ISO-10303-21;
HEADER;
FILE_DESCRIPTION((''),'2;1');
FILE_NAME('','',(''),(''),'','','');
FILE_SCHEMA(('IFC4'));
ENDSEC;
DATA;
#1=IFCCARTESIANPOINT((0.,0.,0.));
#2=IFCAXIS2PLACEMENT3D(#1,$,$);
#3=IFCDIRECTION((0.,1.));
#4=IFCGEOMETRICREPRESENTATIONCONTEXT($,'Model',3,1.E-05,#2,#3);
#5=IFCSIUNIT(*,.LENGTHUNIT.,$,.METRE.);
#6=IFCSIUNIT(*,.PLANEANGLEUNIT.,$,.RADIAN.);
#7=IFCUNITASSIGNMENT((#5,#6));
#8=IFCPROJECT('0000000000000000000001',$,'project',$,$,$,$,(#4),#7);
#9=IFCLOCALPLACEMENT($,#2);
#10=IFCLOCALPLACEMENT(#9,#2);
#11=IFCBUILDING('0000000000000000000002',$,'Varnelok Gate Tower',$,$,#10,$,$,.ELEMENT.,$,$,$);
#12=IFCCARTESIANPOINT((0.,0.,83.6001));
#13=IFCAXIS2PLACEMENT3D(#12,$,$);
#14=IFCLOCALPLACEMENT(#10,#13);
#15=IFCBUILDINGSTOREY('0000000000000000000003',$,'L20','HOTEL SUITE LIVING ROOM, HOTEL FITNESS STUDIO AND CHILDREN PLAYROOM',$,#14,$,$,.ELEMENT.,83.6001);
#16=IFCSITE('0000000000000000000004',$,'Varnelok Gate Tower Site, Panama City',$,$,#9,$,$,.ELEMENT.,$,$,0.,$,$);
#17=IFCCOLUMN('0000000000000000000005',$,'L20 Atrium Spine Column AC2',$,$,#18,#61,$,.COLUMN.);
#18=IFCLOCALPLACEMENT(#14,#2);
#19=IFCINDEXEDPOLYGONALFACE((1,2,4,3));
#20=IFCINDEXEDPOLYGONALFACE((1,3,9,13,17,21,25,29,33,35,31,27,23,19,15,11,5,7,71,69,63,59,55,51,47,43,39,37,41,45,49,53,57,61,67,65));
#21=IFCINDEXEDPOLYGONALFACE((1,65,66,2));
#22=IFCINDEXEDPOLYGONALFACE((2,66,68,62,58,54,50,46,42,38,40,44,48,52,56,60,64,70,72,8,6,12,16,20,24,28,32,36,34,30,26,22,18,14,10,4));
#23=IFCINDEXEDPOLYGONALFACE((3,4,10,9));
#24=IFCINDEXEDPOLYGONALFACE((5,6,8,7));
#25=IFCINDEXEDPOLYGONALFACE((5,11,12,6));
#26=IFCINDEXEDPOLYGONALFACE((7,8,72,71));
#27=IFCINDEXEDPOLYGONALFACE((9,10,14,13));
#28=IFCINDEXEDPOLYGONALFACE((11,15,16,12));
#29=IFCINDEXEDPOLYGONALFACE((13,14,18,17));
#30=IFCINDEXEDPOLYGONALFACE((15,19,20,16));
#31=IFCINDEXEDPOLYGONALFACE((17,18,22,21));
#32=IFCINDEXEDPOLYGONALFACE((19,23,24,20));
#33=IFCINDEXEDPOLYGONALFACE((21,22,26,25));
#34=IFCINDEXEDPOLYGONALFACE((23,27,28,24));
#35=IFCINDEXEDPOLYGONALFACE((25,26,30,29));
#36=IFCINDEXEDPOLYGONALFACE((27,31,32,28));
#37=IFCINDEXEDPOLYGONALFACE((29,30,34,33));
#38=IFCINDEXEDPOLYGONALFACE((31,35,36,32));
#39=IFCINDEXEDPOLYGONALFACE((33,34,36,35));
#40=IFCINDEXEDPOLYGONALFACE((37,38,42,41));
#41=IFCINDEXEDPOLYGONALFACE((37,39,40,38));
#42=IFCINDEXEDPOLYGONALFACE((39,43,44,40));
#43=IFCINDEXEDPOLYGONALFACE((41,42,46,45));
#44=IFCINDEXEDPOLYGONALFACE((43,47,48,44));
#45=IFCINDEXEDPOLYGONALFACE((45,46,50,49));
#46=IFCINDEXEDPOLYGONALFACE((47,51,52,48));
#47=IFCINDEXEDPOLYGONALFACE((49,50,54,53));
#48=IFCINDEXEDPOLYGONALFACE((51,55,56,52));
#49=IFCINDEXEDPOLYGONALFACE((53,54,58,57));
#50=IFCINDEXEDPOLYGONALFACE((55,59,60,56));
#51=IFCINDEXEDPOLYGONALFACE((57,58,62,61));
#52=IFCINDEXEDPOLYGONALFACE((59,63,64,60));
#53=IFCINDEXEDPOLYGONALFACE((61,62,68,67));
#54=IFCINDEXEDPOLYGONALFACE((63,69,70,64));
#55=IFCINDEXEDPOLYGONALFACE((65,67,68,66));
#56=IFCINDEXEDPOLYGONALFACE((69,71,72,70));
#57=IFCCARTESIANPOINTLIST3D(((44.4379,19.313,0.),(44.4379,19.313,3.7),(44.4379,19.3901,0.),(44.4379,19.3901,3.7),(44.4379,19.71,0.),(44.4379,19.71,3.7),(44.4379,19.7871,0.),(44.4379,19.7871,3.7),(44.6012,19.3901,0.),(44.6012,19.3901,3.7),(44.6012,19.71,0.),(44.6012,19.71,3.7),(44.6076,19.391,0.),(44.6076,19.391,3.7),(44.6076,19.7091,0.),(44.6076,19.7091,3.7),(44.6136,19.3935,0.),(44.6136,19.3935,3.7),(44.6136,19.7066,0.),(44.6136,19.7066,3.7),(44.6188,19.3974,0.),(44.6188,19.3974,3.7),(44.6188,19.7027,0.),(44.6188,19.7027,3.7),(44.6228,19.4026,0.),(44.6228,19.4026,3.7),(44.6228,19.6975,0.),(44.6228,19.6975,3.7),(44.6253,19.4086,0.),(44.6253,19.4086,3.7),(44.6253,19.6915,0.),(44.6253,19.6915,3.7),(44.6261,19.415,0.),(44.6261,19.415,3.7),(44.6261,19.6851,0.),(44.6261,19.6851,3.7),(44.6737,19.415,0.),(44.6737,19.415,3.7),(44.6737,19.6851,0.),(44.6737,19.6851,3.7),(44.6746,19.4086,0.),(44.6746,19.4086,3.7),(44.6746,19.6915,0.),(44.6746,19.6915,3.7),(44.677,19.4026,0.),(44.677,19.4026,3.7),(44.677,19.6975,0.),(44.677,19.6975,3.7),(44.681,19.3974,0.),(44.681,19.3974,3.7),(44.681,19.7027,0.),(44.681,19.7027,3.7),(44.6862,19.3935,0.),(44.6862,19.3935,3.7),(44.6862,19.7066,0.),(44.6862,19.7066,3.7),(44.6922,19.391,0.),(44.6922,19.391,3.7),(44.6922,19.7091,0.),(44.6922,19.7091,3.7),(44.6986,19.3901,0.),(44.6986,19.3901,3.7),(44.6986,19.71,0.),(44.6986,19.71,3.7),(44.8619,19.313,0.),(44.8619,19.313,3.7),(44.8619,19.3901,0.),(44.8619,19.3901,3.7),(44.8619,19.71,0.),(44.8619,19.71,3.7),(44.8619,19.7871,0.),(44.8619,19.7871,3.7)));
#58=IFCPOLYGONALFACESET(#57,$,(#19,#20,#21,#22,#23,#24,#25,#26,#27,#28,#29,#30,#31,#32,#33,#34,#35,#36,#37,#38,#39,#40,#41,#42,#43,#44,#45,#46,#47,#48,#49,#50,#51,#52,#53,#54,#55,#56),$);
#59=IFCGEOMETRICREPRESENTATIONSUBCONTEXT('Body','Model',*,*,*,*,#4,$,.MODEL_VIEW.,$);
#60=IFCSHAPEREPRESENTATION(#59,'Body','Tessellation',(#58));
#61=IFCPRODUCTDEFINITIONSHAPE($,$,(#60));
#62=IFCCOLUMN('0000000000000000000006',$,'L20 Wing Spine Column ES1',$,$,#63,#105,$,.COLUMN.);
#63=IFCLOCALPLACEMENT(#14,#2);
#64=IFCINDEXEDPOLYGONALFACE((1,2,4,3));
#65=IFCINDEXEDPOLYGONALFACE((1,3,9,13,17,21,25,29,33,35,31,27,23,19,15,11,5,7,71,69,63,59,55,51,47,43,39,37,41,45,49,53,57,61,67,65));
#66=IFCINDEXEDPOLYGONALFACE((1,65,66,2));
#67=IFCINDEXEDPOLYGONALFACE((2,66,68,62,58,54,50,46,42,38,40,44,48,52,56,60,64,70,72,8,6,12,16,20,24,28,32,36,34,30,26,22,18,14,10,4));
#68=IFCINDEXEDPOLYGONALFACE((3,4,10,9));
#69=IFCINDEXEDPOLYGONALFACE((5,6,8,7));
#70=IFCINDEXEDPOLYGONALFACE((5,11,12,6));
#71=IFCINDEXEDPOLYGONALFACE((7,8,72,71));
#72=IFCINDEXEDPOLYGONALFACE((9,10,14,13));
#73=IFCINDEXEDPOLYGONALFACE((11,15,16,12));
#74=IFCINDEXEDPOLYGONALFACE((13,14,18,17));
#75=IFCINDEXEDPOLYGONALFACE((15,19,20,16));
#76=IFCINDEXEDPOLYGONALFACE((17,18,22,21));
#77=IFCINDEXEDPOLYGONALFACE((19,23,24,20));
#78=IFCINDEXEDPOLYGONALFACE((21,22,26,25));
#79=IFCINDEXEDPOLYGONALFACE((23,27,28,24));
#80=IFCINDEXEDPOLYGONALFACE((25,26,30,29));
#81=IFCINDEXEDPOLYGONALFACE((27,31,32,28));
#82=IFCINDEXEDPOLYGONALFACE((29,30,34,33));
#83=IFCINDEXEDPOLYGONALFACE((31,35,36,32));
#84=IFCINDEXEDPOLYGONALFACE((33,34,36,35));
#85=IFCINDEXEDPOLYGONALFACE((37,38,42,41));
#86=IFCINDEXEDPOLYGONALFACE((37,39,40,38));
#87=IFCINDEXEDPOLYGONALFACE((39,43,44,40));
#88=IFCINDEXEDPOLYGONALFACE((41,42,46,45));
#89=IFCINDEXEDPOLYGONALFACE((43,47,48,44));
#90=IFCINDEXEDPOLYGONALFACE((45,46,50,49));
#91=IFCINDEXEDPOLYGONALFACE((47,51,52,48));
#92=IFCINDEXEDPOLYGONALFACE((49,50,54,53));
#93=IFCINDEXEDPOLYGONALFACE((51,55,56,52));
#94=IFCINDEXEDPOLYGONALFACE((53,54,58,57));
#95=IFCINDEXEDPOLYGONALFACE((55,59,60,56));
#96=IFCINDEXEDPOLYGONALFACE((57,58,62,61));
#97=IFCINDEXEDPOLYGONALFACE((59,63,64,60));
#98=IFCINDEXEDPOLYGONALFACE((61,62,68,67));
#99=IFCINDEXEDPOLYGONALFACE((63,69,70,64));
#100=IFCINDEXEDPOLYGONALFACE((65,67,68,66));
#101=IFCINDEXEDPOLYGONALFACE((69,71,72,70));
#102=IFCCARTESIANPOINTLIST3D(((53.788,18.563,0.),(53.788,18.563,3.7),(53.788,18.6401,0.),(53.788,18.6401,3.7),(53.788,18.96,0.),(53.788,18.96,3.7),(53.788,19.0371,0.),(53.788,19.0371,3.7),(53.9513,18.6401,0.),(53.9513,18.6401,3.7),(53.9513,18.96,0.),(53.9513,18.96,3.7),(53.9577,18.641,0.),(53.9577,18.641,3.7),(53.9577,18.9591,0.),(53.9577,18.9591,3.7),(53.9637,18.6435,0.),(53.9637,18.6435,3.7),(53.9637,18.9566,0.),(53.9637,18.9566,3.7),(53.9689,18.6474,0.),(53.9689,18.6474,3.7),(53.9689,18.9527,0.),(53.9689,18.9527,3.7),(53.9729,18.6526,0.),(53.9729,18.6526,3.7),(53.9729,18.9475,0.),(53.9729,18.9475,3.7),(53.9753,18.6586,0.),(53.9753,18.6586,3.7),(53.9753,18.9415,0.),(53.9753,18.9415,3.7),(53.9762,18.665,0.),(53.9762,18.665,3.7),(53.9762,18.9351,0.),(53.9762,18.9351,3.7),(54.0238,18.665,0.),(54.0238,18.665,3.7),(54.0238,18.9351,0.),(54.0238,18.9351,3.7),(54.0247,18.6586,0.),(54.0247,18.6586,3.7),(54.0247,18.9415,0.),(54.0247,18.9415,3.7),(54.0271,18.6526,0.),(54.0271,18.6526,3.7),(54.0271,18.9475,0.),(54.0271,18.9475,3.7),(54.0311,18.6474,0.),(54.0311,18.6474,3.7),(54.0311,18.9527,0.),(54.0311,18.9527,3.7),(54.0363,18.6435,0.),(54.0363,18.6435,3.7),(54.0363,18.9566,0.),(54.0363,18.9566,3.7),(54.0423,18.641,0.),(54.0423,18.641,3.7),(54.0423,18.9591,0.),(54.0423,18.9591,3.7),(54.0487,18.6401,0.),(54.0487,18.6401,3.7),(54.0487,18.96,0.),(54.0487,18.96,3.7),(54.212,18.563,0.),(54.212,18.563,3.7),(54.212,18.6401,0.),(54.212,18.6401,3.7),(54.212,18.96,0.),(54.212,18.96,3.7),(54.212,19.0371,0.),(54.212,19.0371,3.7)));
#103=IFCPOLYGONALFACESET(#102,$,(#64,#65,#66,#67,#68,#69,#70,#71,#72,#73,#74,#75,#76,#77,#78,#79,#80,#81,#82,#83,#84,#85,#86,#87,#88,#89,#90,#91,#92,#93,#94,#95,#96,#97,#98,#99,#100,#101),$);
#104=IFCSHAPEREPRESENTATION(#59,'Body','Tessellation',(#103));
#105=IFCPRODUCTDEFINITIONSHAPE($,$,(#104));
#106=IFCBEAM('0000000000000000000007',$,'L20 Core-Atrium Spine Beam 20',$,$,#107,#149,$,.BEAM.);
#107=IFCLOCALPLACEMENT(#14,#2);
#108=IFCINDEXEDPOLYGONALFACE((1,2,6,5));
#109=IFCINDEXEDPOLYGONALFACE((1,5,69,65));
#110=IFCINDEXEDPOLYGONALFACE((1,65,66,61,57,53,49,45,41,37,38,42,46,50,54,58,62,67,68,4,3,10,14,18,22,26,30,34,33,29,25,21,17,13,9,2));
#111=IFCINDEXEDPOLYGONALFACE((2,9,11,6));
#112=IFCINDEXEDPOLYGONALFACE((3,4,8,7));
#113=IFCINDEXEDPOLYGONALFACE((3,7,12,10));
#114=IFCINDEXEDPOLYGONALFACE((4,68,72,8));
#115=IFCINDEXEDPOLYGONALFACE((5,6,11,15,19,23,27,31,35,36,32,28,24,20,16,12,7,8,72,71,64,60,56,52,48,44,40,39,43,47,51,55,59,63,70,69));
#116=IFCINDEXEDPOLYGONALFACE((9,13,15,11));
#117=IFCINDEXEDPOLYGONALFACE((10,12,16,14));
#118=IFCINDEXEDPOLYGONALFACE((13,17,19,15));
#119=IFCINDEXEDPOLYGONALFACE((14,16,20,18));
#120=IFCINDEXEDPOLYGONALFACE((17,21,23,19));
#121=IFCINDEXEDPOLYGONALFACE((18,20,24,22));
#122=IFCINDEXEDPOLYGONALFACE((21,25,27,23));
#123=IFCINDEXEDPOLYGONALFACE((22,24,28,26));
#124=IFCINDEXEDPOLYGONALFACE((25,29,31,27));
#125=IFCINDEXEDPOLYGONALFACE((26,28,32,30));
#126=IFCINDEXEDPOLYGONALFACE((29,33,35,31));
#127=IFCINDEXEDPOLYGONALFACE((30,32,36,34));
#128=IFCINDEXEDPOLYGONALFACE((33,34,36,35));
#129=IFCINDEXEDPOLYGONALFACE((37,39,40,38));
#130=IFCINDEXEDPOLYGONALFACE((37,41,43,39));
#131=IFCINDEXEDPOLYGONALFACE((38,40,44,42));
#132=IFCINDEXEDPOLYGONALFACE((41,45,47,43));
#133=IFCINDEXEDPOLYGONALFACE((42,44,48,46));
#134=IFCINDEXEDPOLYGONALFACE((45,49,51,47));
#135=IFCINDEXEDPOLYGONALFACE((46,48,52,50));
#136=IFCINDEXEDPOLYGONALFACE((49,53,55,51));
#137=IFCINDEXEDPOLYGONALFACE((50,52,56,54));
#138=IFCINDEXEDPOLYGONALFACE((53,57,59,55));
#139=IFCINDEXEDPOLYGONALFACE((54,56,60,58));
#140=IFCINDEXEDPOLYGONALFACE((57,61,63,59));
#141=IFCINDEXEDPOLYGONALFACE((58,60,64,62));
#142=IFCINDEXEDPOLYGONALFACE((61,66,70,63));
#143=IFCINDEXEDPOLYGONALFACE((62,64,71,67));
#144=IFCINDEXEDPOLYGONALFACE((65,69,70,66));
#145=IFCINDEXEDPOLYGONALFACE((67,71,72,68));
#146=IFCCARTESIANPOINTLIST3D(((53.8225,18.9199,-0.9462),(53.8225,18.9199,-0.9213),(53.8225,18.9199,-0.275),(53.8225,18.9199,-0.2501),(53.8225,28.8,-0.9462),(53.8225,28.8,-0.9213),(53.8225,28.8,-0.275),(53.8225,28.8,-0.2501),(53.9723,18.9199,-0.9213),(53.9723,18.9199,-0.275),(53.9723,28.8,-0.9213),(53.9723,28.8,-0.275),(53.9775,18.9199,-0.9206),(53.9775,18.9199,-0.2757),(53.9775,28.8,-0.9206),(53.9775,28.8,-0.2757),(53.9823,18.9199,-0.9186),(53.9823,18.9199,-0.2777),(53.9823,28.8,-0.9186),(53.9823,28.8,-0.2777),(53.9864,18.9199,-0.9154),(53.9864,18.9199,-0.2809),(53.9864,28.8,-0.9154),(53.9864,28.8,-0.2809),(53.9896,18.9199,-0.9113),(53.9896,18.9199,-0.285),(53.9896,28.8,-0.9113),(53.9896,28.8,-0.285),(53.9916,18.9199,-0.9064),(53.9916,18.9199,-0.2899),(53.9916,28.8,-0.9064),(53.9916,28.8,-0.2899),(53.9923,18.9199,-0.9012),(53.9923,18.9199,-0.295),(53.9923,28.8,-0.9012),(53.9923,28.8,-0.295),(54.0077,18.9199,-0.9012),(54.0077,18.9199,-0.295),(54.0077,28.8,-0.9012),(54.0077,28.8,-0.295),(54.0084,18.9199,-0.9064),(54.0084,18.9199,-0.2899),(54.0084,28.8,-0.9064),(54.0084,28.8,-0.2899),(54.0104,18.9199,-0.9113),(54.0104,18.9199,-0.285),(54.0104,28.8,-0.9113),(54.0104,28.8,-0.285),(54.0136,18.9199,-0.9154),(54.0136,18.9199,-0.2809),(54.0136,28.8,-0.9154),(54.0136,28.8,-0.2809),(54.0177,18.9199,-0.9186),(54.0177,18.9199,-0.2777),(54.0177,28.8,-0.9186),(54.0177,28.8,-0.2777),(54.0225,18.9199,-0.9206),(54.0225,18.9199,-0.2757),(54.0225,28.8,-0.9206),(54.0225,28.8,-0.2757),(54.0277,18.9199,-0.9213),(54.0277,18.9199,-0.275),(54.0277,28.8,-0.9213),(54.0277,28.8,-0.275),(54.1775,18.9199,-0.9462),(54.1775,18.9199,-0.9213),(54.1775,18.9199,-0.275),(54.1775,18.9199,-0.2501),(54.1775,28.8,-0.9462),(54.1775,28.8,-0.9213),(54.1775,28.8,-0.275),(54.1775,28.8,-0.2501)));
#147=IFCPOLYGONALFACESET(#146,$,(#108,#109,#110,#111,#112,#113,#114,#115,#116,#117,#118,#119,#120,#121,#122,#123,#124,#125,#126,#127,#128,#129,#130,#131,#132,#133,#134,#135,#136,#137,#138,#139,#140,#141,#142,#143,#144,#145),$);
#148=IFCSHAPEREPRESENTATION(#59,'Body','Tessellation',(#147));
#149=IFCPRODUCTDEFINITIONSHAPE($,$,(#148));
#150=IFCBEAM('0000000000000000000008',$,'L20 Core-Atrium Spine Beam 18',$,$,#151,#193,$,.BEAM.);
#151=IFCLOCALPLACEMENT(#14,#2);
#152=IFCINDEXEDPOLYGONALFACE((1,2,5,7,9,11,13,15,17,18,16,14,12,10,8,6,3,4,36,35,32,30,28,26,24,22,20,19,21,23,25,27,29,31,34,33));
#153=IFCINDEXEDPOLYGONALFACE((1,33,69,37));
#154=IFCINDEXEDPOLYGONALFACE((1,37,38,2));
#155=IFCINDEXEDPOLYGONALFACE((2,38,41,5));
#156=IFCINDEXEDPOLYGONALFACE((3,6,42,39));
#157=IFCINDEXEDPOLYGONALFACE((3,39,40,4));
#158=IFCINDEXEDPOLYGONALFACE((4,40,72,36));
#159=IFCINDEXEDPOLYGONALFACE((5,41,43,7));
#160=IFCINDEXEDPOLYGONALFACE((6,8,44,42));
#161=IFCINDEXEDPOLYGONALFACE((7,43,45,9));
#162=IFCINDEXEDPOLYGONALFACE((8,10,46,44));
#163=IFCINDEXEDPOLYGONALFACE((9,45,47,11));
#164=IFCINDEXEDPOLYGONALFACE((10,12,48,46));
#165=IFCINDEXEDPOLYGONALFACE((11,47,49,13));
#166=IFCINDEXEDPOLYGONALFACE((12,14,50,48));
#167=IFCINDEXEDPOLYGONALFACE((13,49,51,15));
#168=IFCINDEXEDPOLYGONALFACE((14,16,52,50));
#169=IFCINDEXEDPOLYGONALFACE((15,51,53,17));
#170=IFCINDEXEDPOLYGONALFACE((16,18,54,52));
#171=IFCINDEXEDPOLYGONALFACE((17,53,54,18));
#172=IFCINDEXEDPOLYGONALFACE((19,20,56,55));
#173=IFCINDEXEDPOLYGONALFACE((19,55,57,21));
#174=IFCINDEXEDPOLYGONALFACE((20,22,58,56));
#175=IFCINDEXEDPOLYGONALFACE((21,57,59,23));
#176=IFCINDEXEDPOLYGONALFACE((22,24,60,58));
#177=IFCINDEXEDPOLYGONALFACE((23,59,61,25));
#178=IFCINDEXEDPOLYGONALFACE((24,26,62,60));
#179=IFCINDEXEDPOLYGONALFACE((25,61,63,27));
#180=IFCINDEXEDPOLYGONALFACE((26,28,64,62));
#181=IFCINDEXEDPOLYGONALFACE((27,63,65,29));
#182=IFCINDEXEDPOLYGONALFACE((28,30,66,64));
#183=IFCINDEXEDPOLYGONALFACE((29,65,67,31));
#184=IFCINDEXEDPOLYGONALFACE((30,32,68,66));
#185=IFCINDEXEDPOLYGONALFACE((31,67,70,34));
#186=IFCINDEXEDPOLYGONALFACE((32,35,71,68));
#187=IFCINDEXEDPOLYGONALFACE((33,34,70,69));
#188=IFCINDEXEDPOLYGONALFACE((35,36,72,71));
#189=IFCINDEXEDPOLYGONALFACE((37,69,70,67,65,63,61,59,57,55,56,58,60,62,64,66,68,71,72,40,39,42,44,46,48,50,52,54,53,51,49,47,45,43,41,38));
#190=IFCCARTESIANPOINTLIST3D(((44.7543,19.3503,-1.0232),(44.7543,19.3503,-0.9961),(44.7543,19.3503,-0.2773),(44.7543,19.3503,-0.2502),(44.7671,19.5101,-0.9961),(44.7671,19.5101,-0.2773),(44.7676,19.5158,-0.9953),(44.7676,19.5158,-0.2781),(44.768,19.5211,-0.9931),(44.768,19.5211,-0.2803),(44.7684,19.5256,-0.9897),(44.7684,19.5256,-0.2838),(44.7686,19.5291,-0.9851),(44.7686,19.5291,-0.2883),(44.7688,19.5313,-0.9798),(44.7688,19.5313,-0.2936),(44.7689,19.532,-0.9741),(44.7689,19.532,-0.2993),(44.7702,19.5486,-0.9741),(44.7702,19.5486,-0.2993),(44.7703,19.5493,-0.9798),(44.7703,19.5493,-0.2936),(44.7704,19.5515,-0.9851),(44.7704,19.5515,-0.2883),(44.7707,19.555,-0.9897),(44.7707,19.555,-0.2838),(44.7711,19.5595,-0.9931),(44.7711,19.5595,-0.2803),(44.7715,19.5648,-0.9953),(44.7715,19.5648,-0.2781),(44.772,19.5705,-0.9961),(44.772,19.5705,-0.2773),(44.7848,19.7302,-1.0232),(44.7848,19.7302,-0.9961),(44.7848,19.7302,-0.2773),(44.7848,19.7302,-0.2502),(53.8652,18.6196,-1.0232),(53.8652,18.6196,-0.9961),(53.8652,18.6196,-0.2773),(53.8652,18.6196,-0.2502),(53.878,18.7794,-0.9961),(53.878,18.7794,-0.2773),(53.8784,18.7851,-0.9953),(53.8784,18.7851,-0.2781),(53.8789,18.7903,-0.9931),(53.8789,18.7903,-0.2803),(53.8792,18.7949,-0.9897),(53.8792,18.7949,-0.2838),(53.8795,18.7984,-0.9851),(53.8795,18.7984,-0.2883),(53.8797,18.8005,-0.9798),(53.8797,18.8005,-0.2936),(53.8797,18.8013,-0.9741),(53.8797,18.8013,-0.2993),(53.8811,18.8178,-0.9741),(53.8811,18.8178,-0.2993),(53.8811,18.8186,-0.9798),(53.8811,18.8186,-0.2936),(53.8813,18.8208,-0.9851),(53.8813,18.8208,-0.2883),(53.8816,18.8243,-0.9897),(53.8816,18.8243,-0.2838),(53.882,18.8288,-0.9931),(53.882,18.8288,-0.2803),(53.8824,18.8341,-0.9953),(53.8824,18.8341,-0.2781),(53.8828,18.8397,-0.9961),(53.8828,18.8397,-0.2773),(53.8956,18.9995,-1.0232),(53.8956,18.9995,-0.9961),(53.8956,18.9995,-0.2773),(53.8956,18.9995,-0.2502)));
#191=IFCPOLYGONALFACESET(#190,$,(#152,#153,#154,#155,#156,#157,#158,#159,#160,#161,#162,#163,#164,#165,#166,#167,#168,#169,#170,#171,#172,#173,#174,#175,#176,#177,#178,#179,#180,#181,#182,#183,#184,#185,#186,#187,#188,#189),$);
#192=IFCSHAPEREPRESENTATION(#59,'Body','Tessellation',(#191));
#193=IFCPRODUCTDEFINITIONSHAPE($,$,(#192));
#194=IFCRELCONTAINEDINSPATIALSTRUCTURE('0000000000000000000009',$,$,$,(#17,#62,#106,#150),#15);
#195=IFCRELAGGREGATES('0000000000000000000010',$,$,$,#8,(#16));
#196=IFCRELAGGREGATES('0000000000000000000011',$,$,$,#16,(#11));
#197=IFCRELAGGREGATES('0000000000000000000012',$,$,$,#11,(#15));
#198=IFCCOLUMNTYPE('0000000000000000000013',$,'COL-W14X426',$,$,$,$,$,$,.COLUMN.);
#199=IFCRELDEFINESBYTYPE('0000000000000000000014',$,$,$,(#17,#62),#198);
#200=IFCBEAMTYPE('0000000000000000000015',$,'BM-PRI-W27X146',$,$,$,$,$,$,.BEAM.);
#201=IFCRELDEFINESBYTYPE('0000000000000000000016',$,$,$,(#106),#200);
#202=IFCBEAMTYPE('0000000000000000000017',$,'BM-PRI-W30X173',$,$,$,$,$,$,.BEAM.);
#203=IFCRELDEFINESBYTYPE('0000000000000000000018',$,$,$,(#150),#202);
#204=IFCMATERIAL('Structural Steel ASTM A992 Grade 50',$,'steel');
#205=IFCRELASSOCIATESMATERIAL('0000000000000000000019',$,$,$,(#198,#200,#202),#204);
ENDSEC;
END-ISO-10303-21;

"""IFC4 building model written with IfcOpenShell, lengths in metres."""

from ifc_helpers import new_model, si_unit, direction, frame, origin, origin_2d, place, context, subcontext, project, spatial, i_section, extrude, material, material_profile, profile_set, type_object, element, save


model = new_model("IFC4")

# Units and contexts
model_context = context("Model", 3, precision=1e-05, world=origin(), true_north=direction((0.0, 1.0)))
body_context = subcontext(model_context, "Body", "Model", "MODEL_VIEW")
ifc_project = project(units=[si_unit("LENGTHUNIT", "METRE"), si_unit("PLANEANGLEUNIT", "RADIAN")], contexts=[model_context])

# Site, building, storey
site_placement = place(None, origin())
site = spatial("IfcSite", under=ifc_project, at=site_placement, Name="Varnelok Gate Tower Site, Panama City", CompositionType="ELEMENT", RefElevation=0.0)
building_placement = place(site_placement, origin())
building = spatial("IfcBuilding", under=site, at=building_placement, Name="Varnelok Gate Tower", CompositionType="ELEMENT")
storey_placement = place(building_placement, frame((0.0, 0.0, 83.6001)))
storey = spatial("IfcBuildingStorey", under=building, at=storey_placement, Name="L20", Description="HOTEL SUITE LIVING ROOM, HOTEL FITNESS STUDIO AND CHILDREN PLAYROOM", CompositionType="ELEMENT", Elevation=83.6001)

# Columns
ifc_material_1 = material(Name="Structural Steel ASTM A992 Grade 50", Category="steel")
ifc_material_profile_1 = material_profile(ifc_material_1, i_section(OverallWidth=0.4241, OverallDepth=0.4741, WebThickness=0.0476, FlangeThickness=0.0771, FilletRadius=0.0249, at=origin_2d()), Name="W14X426")
ifc_profile_set_1 = profile_set([ifc_material_profile_1], Name="Structural Steel ASTM A992 Grade 50")
column_type = type_object("IfcColumnType", Name="COL-W14X426", PredefinedType="COLUMN", material=ifc_profile_set_1)
for number, where, z_axis, x_axis, name in (
    (1, (44.6499, 19.55, 0.0), (0.0, 0.0, 1.0), (1.0, 0.0, 0.0), "L20 Atrium Spine Column AC2"),
    (2, (54.0, 18.8, 0.0), (0.0, 0.0, 1.0), (1.0, 0.0, 0.0), "L20 Wing Spine Column ES1"),
):
    element("IfcColumn", number, at=place(storey_placement, frame(where, z_axis=z_axis, x_axis=x_axis)), inside=storey, type_object=column_type, Name=name, PredefinedType="COLUMN", context=body_context, shape_type="SweptSolid", body=[
        extrude(i_section(OverallWidth=0.4241, OverallDepth=0.4741, WebThickness=0.0476, FlangeThickness=0.0771, FilletRadius=0.0249, at=origin_2d()), origin(), (0.0, 0.0, 1.0), 3.7),
    ])

# Beams
ifc_material_profile_2 = material_profile(ifc_material_1, i_section(OverallWidth=0.355, OverallDepth=0.696, WebThickness=0.0154, FlangeThickness=0.0249, FilletRadius=0.02, at=origin_2d()), Name="W27X146")
ifc_profile_set_2 = profile_set([ifc_material_profile_2], Name="Structural Steel ASTM A992 Grade 50")
beam_type_1 = type_object("IfcBeamType", Name="BM-PRI-W27X146", PredefinedType="BEAM", material=ifc_profile_set_2)
beam_1_placement = place(storey_placement, frame((54.0, 18.9199, -0.5981), z_axis=(0.0, 1.0, 0.0), x_axis=(-1.0, 0.0, 0.0)))
element("IfcBeam", 3, at=beam_1_placement, inside=storey, type_object=beam_type_1, Name="L20 Core-Atrium Spine Beam 20", PredefinedType="BEAM", context=body_context, shape_type="SweptSolid", body=[
    extrude(i_section(OverallWidth=0.355, OverallDepth=0.696, WebThickness=0.0154, FlangeThickness=0.0249, FilletRadius=0.02, at=origin_2d()), origin(), (0.0, 0.0, 1.0), 9.8801),
])
ifc_material_profile_3 = material_profile(ifc_material_1, i_section(OverallWidth=0.3811, OverallDepth=0.7729, WebThickness=0.0166, FlangeThickness=0.0271, FilletRadius=0.022, at=origin_2d()), Name="W30X173")
ifc_profile_set_3 = profile_set([ifc_material_profile_3], Name="Structural Steel ASTM A992 Grade 50")
beam_type_2 = type_object("IfcBeamType", Name="BM-PRI-W30X173", PredefinedType="BEAM", material=ifc_profile_set_3)
beam_2_placement = place(storey_placement, frame((44.7695, 19.5403, -0.6367), z_axis=(0.996799, -0.079946, 0.0), x_axis=(0.079946, 0.996799, 0.0)))
element("IfcBeam", 4, at=beam_2_placement, inside=storey, type_object=beam_type_2, Name="L20 Core-Atrium Spine Beam 18", PredefinedType="BEAM", context=body_context, shape_type="SweptSolid", body=[
    extrude(i_section(OverallWidth=0.3811, OverallDepth=0.7729, WebThickness=0.0166, FlangeThickness=0.0271, FilletRadius=0.022, at=origin_2d()), origin(), (0.0, 0.0, 1.0), 9.1401),
])

save(model, "model.ifc")
